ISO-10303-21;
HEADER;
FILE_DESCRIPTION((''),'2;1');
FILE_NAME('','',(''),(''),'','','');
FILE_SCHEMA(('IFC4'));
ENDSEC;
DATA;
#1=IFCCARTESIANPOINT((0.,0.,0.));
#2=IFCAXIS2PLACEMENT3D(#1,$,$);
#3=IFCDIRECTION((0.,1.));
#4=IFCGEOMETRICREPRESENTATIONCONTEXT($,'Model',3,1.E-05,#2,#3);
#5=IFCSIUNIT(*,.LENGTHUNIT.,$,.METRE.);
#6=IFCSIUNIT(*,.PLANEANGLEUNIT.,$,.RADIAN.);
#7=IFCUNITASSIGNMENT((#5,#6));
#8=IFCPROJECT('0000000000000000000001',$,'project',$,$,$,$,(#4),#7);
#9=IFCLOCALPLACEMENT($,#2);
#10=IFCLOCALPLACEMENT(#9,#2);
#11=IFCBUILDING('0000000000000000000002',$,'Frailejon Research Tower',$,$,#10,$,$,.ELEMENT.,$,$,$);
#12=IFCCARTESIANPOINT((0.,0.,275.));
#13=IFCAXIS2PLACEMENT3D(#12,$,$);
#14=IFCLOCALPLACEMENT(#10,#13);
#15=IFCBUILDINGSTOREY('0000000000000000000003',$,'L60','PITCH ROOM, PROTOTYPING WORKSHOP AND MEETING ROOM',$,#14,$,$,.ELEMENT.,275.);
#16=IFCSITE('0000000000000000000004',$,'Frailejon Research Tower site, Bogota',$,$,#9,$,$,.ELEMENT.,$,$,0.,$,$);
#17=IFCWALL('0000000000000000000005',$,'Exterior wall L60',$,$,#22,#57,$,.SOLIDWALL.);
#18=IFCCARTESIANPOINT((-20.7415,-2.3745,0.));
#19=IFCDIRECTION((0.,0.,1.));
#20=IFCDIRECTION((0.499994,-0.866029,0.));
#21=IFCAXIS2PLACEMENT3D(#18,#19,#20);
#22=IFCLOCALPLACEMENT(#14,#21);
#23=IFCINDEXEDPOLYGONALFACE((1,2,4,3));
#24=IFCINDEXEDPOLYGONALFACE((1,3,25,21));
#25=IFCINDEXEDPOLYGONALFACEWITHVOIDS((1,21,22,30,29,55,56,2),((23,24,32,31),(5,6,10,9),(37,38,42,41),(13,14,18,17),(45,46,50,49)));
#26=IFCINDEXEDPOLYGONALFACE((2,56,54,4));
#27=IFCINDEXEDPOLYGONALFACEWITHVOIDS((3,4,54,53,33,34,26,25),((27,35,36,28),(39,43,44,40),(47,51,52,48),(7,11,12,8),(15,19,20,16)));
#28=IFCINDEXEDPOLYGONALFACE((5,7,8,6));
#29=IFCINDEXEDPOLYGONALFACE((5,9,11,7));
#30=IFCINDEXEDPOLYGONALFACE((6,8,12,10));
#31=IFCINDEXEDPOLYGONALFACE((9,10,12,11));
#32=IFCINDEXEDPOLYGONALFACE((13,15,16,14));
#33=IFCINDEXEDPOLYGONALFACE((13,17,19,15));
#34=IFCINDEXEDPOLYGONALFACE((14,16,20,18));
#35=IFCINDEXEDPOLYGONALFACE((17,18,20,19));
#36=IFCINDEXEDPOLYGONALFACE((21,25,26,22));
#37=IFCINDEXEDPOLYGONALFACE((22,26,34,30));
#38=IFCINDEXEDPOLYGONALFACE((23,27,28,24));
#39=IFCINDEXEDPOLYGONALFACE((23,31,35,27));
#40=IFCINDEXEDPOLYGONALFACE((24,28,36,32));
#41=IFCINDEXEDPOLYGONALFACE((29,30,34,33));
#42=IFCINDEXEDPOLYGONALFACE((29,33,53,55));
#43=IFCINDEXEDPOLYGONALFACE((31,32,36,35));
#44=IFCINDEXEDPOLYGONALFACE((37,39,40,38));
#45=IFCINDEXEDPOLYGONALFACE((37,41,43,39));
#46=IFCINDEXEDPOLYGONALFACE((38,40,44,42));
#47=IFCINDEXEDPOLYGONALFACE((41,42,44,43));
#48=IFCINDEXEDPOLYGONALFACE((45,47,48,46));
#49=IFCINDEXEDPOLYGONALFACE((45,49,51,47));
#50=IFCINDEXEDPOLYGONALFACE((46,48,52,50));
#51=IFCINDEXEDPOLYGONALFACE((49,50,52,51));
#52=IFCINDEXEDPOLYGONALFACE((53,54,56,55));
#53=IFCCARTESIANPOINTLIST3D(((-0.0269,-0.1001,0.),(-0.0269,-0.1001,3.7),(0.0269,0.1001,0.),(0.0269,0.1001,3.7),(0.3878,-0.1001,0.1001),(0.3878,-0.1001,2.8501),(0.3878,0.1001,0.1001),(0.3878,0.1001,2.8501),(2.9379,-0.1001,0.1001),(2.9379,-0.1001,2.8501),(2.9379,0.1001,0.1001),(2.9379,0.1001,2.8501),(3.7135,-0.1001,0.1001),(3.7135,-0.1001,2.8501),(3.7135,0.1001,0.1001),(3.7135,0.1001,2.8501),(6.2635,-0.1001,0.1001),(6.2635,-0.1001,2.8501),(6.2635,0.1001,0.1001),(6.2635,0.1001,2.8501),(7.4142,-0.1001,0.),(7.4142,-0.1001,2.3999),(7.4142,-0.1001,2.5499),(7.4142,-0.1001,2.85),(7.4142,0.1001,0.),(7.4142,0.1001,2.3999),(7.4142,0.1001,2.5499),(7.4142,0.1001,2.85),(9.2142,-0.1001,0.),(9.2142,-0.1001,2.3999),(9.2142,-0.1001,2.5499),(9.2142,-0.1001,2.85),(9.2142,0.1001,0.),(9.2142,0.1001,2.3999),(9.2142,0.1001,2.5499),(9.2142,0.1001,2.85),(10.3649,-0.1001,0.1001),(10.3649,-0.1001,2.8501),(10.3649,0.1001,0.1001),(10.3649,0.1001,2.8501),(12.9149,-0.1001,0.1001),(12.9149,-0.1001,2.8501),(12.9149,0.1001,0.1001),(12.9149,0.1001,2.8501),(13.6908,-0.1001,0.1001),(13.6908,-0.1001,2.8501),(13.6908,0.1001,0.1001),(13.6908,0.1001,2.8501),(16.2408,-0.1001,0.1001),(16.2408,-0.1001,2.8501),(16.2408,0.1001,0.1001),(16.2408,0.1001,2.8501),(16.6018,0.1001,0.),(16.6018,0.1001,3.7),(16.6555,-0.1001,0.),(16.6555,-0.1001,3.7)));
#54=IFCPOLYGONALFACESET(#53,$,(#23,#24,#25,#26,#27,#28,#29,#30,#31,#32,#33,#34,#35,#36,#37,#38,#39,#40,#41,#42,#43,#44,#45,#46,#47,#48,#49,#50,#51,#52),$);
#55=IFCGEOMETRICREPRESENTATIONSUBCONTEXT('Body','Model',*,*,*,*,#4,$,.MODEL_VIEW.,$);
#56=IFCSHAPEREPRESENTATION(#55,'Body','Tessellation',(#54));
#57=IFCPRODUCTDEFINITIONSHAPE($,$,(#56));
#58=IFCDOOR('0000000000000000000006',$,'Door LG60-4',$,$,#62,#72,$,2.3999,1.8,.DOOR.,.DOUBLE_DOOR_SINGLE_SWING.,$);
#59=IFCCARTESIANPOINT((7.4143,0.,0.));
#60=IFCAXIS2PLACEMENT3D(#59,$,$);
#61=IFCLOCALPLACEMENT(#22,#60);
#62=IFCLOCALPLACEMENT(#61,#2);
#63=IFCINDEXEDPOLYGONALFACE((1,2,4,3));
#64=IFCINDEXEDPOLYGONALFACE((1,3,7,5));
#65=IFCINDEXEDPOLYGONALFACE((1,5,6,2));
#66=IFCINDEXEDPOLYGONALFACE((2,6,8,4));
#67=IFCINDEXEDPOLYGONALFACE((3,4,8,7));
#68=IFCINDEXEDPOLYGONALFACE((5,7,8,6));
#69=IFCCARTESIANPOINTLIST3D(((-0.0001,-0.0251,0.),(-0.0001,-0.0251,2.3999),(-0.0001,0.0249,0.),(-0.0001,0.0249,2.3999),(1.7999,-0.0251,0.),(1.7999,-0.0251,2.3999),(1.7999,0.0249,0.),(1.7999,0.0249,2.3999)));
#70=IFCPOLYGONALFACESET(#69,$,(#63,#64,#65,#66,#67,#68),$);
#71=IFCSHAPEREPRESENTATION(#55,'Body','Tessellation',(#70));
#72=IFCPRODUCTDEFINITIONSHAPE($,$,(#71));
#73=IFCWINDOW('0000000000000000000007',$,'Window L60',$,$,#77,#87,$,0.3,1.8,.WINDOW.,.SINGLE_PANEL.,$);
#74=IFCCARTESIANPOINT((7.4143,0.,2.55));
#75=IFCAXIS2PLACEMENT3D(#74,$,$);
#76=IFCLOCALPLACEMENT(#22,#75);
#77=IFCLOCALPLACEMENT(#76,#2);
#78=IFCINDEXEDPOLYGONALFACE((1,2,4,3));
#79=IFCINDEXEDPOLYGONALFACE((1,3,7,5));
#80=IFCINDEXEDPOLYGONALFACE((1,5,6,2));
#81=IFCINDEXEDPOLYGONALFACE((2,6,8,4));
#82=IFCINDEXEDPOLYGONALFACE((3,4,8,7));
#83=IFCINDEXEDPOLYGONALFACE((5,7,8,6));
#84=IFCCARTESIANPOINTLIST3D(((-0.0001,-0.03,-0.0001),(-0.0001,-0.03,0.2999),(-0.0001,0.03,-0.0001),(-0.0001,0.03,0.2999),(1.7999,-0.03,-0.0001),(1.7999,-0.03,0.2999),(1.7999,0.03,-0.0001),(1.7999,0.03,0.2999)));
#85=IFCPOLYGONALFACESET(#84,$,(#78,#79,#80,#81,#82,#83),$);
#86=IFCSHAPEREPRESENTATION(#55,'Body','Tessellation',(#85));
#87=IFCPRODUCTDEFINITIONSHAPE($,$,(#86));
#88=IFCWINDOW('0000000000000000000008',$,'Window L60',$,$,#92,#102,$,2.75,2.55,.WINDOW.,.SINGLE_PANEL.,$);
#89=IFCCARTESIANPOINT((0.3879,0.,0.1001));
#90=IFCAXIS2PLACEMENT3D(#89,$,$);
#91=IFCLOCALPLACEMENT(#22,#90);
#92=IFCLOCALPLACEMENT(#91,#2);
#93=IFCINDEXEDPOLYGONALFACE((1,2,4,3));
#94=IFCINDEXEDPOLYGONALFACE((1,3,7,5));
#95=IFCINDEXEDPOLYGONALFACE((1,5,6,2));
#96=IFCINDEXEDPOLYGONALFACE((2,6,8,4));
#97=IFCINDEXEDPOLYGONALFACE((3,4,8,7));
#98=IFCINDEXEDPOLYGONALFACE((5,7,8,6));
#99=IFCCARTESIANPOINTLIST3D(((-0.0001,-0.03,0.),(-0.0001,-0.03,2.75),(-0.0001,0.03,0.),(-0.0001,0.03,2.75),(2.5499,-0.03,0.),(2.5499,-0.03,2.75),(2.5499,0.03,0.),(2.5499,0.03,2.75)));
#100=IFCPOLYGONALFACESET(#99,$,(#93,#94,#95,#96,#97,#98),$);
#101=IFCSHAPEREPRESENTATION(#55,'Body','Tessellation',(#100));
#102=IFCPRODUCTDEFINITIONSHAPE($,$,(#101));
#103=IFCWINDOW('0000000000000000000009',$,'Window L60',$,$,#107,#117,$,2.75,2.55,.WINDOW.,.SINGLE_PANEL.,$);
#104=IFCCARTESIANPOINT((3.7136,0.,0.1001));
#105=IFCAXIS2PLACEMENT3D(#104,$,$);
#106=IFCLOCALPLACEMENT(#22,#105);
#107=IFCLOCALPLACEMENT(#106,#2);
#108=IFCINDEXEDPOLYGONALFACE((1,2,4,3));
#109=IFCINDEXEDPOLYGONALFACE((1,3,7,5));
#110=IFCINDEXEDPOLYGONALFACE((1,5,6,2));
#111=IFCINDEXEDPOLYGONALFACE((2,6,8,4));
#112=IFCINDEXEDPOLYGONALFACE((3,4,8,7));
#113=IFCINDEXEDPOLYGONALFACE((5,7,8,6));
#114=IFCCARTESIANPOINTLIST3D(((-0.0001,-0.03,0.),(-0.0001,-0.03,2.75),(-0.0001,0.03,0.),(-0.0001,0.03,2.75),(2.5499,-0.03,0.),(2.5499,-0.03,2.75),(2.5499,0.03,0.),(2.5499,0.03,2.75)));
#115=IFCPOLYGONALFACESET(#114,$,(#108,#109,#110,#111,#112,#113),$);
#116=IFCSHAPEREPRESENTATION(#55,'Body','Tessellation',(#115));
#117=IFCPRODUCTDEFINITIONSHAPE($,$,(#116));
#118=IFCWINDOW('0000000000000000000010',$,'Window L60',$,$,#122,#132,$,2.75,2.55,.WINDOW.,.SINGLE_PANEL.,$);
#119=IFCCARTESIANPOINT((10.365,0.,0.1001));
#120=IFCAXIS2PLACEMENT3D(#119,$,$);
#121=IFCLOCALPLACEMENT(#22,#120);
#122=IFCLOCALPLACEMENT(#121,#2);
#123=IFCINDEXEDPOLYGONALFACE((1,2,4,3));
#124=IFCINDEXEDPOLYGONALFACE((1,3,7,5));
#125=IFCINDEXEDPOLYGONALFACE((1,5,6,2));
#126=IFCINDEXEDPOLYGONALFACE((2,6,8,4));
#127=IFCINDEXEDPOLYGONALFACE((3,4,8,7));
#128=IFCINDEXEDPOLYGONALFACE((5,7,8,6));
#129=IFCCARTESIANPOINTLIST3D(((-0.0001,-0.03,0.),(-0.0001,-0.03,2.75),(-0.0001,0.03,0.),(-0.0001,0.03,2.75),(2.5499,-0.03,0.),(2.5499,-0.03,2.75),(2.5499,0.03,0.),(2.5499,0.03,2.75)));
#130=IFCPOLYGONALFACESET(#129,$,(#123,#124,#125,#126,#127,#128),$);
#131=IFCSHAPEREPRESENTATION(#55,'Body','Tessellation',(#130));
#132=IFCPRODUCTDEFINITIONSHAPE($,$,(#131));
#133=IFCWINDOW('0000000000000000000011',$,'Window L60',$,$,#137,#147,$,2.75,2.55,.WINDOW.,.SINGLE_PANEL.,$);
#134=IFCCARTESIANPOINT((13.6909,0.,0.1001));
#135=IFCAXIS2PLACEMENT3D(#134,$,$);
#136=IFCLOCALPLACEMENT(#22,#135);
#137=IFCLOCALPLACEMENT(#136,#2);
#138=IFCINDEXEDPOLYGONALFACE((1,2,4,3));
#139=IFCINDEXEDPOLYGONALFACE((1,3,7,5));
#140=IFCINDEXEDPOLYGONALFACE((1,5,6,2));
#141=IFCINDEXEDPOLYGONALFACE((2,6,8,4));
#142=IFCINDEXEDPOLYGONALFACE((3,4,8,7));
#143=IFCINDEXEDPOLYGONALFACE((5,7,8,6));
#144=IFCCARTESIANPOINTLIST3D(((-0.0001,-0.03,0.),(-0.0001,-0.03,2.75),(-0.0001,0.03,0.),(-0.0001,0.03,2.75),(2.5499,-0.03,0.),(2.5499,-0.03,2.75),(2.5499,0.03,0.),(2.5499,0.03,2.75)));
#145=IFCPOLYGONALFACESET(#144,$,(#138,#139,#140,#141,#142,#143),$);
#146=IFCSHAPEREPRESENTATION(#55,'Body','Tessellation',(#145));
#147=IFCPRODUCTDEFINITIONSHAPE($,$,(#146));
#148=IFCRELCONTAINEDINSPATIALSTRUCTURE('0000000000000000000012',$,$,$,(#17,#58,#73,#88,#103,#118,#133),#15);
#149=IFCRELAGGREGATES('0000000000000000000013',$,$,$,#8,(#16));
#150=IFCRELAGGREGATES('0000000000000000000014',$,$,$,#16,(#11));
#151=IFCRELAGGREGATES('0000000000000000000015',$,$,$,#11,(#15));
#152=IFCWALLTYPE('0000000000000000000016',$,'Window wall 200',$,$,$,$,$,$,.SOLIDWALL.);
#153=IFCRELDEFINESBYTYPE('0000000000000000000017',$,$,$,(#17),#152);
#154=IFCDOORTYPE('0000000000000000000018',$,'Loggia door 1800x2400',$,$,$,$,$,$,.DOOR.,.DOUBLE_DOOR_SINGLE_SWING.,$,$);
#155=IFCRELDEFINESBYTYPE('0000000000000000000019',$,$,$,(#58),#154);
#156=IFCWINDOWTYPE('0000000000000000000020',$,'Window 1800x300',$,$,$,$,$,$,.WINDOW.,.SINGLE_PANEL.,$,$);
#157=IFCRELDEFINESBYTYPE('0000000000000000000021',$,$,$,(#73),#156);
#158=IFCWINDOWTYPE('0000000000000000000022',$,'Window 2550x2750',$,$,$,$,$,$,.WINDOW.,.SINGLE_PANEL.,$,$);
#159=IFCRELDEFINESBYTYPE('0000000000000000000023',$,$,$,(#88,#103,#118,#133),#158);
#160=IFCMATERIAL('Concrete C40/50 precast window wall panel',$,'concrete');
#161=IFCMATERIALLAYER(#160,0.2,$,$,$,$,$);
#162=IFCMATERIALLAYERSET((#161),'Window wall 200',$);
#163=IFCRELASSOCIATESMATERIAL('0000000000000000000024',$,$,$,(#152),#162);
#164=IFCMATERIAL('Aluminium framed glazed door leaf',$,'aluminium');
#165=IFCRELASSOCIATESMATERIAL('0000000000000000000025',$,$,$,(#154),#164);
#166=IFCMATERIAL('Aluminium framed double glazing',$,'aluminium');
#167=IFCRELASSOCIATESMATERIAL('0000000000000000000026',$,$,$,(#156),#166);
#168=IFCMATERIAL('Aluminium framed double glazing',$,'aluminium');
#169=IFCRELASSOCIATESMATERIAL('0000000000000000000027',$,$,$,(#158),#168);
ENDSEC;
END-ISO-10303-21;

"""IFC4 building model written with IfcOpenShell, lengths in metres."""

from ifc_helpers import new_model, si_unit, direction, frame, frame_2d, origin, place, context, subcontext, project, spatial, polyline, rectangle, outline, extrude, material, layer, layer_set, type_object, element, fill, save


model = new_model("IFC4")

# Units and contexts
model_context = context("Model", 3, precision=1e-05, world=origin(), true_north=direction((0.0, 1.0)))
body_context = subcontext(model_context, "Body", "Model", "MODEL_VIEW")
ifc_project = project(units=[si_unit("LENGTHUNIT", "METRE"), si_unit("PLANEANGLEUNIT", "RADIAN")], contexts=[model_context])

# Site, building, storey
site_placement = place(None, origin())
site = spatial("IfcSite", under=ifc_project, at=site_placement, Name="Frailejon Research Tower site, Bogota", CompositionType="ELEMENT", RefElevation=0.0)
building_placement = place(site_placement, origin())
building = spatial("IfcBuilding", under=site, at=building_placement, Name="Frailejon Research Tower", CompositionType="ELEMENT")
storey_placement = place(building_placement, frame((0.0, 0.0, 275.0)))
storey = spatial("IfcBuildingStorey", under=building, at=storey_placement, Name="L60", Description="PITCH ROOM, PROTOTYPING WORKSHOP AND MEETING ROOM", CompositionType="ELEMENT", Elevation=275.0)

# Wall, openings, door, windows
ifc_material_1 = material(Name="Concrete C40/50 precast window wall panel", Category="concrete")
ifc_layer_1 = layer(ifc_material_1, 0.2)
ifc_layer_set_1 = layer_set([ifc_layer_1], Name="Window wall 200")
wall_type = type_object("IfcWallType", Name="Window wall 200", PredefinedType="SOLIDWALL", material=ifc_layer_set_1)
wall_placement = place(storey_placement, frame((-20.7415, -2.3745, 0.0), z_axis=(0.0, 0.0, 1.0), x_axis=(0.499994, -0.866029, 0.0)))
wall = element("IfcWall", 1, at=wall_placement, inside=storey, type_object=wall_type, Name="Exterior wall L60", PredefinedType="SOLIDWALL", context=body_context, shape_type="SweptSolid", body=[
    extrude(outline(polyline([(-0.0269, -0.1001), (1.0159, -0.1001), (2.0583, -0.1001), (3.1011, -0.1001), (4.1438, -0.1001), (5.1863, -0.1001), (6.229, -0.1001), (7.2717, -0.1001), (8.3145, -0.1001), (9.3569, -0.1001), (10.3997, -0.1001), (11.4424, -0.1001), (12.4849, -0.1001), (13.5276, -0.1001), (14.5703, -0.1001), (15.6128, -0.1001), (16.6555, -0.1001), (16.6018, 0.1001), (15.5659, 0.1001), (14.53, 0.1001), (13.4939, 0.1001), (12.458, 0.1001), (11.4221, 0.1001), (10.3862, 0.1001), (9.3503, 0.1001), (8.3145, 0.1001), (7.2783, 0.1001), (6.2424, 0.1001), (5.2065, 0.1001), (4.1707, 0.1001), (3.1348, 0.1001), (2.0986, 0.1001), (1.0627, 0.1001), (0.0269, 0.1001), (-0.0269, -0.1001)])), origin(), (0.0, 0.0, 1.0), 3.7),
])
opening_1_placement = place(wall_placement, frame((0.3879, 0.0, 0.1001)))
opening_1 = element("IfcOpeningElement", 2, at=opening_1_placement, cuts=wall, PredefinedType="OPENING", context=body_context, shape_type="SweptSolid", body=[
    extrude(rectangle(XDim=2.55, YDim=2.75, at=frame_2d((1.2749, 1.375))), frame((0.0, 0.1099, 0.0), z_axis=(0.0, -1.0, 0.0), x_axis=(1.0, 0.0, 0.0)), (0.0, 0.0, 1.0), 0.22),
])
opening_2_placement = place(wall_placement, frame((3.7136, 0.0, 0.1001)))
opening_2 = element("IfcOpeningElement", 3, at=opening_2_placement, cuts=wall, PredefinedType="OPENING", context=body_context, shape_type="SweptSolid", body=[
    extrude(rectangle(XDim=2.55, YDim=2.75, at=frame_2d((1.2749, 1.375))), frame((0.0, 0.1099, 0.0), z_axis=(0.0, -1.0, 0.0), x_axis=(1.0, 0.0, 0.0)), (0.0, 0.0, 1.0), 0.22),
])
opening_3_placement = place(wall_placement, frame((7.4143, 0.0, 0.0)))
opening_3 = element("IfcOpeningElement", 4, at=opening_3_placement, cuts=wall, PredefinedType="OPENING", context=body_context, shape_type="SweptSolid", body=[
    extrude(rectangle(XDim=1.8, YDim=2.3999, at=frame_2d((0.8999, 1.2))), frame((0.0, 0.1099, 0.0), z_axis=(0.0, -1.0, 0.0), x_axis=(1.0, 0.0, 0.0)), (0.0, 0.0, 1.0), 0.22),
])
opening_4_placement = place(wall_placement, frame((7.4143, 0.0, 2.55)))
opening_4 = element("IfcOpeningElement", 5, at=opening_4_placement, cuts=wall, PredefinedType="OPENING", context=body_context, shape_type="SweptSolid", body=[
    extrude(rectangle(XDim=1.8, YDim=0.3, at=frame_2d((0.8999, 0.1499))), frame((0.0, 0.1099, 0.0), z_axis=(0.0, -1.0, 0.0), x_axis=(1.0, 0.0, 0.0)), (0.0, 0.0, 1.0), 0.22),
])
opening_5_placement = place(wall_placement, frame((10.365, 0.0, 0.1001)))
opening_5 = element("IfcOpeningElement", 6, at=opening_5_placement, cuts=wall, PredefinedType="OPENING", context=body_context, shape_type="SweptSolid", body=[
    extrude(rectangle(XDim=2.55, YDim=2.75, at=frame_2d((1.2749, 1.375))), frame((0.0, 0.1099, 0.0), z_axis=(0.0, -1.0, 0.0), x_axis=(1.0, 0.0, 0.0)), (0.0, 0.0, 1.0), 0.22),
])
opening_6_placement = place(wall_placement, frame((13.6909, 0.0, 0.1001)))
opening_6 = element("IfcOpeningElement", 7, at=opening_6_placement, cuts=wall, PredefinedType="OPENING", context=body_context, shape_type="SweptSolid", body=[
    extrude(rectangle(XDim=2.55, YDim=2.75, at=frame_2d((1.2749, 1.375))), frame((0.0, 0.1099, 0.0), z_axis=(0.0, -1.0, 0.0), x_axis=(1.0, 0.0, 0.0)), (0.0, 0.0, 1.0), 0.22),
])
ifc_material_2 = material(Name="Aluminium framed glazed door leaf", Category="aluminium")
door_type = type_object("IfcDoorType", Name="Loggia door 1800x2400", OperationType="DOUBLE_DOOR_SINGLE_SWING", PredefinedType="DOOR", material=ifc_material_2)
door_placement = place(opening_3_placement, origin())
door = element("IfcDoor", 8, at=door_placement, inside=storey, type_object=door_type, Name="Door LG60-4", OperationType="DOUBLE_DOOR_SINGLE_SWING", OverallHeight=2.3999, OverallWidth=1.8, PredefinedType="DOOR", context=body_context, shape_type="SweptSolid", body=[
    extrude(rectangle(XDim=1.8, YDim=2.3999, at=frame_2d((0.8999, 1.2))), frame((0.0, 0.0249, 0.0), z_axis=(0.0, -1.0, 0.0), x_axis=(1.0, 0.0, 0.0)), (0.0, 0.0, 1.0), 0.05),
])
fill(opening_3, door)
ifc_material_3 = material(Name="Aluminium framed double glazing", Category="aluminium")
window_type_1 = type_object("IfcWindowType", Name="Window 1800x300", PartitioningType="SINGLE_PANEL", PredefinedType="WINDOW", material=ifc_material_3)
window_1_placement = place(opening_4_placement, origin())
window_1 = element("IfcWindow", 9, at=window_1_placement, inside=storey, type_object=window_type_1, Name="Window L60", OverallHeight=0.3, OverallWidth=1.8, PartitioningType="SINGLE_PANEL", PredefinedType="WINDOW", context=body_context, shape_type="SweptSolid", body=[
    extrude(rectangle(XDim=1.8, YDim=0.3, at=frame_2d((0.8999, 0.1499))), frame((0.0, 0.03, 0.0), z_axis=(0.0, -1.0, 0.0), x_axis=(1.0, 0.0, 0.0)), (0.0, 0.0, 1.0), 0.0601),
])
fill(opening_4, window_1)
ifc_material_4 = material(Name="Aluminium framed double glazing", Category="aluminium")
window_type_2 = type_object("IfcWindowType", Name="Window 2550x2750", PartitioningType="SINGLE_PANEL", PredefinedType="WINDOW", material=ifc_material_4)
window_2_placement = place(opening_1_placement, origin())
window_2 = element("IfcWindow", 10, at=window_2_placement, inside=storey, type_object=window_type_2, Name="Window L60", OverallHeight=2.75, OverallWidth=2.55, PartitioningType="SINGLE_PANEL", PredefinedType="WINDOW", context=body_context, shape_type="SweptSolid", body=[
    extrude(rectangle(XDim=2.55, YDim=2.75, at=frame_2d((1.2749, 1.375))), frame((0.0, 0.03, 0.0), z_axis=(0.0, -1.0, 0.0), x_axis=(1.0, 0.0, 0.0)), (0.0, 0.0, 1.0), 0.0601),
])
fill(opening_1, window_2)
window_3_placement = place(opening_2_placement, origin())
window_3 = element("IfcWindow", 11, at=window_3_placement, inside=storey, type_object=window_type_2, Name="Window L60", OverallHeight=2.75, OverallWidth=2.55, PartitioningType="SINGLE_PANEL", PredefinedType="WINDOW", context=body_context, shape_type="SweptSolid", body=[
    extrude(rectangle(XDim=2.55, YDim=2.75, at=frame_2d((1.2749, 1.375))), frame((0.0, 0.03, 0.0), z_axis=(0.0, -1.0, 0.0), x_axis=(1.0, 0.0, 0.0)), (0.0, 0.0, 1.0), 0.0601),
])
fill(opening_2, window_3)
window_4_placement = place(opening_5_placement, origin())
window_4 = element("IfcWindow", 12, at=window_4_placement, inside=storey, type_object=window_type_2, Name="Window L60", OverallHeight=2.75, OverallWidth=2.55, PartitioningType="SINGLE_PANEL", PredefinedType="WINDOW", context=body_context, shape_type="SweptSolid", body=[
    extrude(rectangle(XDim=2.55, YDim=2.75, at=frame_2d((1.2749, 1.375))), frame((0.0, 0.03, 0.0), z_axis=(0.0, -1.0, 0.0), x_axis=(1.0, 0.0, 0.0)), (0.0, 0.0, 1.0), 0.0601),
])
fill(opening_5, window_4)
window_5_placement = place(opening_6_placement, origin())
window_5 = element("IfcWindow", 13, at=window_5_placement, inside=storey, type_object=window_type_2, Name="Window L60", OverallHeight=2.75, OverallWidth=2.55, PartitioningType="SINGLE_PANEL", PredefinedType="WINDOW", context=body_context, shape_type="SweptSolid", body=[
    extrude(rectangle(XDim=2.55, YDim=2.75, at=frame_2d((1.2749, 1.375))), frame((0.0, 0.03, 0.0), z_axis=(0.0, -1.0, 0.0), x_axis=(1.0, 0.0, 0.0)), (0.0, 0.0, 1.0), 0.0601),
])
fill(opening_6, window_5)

save(model, "model.ifc")
